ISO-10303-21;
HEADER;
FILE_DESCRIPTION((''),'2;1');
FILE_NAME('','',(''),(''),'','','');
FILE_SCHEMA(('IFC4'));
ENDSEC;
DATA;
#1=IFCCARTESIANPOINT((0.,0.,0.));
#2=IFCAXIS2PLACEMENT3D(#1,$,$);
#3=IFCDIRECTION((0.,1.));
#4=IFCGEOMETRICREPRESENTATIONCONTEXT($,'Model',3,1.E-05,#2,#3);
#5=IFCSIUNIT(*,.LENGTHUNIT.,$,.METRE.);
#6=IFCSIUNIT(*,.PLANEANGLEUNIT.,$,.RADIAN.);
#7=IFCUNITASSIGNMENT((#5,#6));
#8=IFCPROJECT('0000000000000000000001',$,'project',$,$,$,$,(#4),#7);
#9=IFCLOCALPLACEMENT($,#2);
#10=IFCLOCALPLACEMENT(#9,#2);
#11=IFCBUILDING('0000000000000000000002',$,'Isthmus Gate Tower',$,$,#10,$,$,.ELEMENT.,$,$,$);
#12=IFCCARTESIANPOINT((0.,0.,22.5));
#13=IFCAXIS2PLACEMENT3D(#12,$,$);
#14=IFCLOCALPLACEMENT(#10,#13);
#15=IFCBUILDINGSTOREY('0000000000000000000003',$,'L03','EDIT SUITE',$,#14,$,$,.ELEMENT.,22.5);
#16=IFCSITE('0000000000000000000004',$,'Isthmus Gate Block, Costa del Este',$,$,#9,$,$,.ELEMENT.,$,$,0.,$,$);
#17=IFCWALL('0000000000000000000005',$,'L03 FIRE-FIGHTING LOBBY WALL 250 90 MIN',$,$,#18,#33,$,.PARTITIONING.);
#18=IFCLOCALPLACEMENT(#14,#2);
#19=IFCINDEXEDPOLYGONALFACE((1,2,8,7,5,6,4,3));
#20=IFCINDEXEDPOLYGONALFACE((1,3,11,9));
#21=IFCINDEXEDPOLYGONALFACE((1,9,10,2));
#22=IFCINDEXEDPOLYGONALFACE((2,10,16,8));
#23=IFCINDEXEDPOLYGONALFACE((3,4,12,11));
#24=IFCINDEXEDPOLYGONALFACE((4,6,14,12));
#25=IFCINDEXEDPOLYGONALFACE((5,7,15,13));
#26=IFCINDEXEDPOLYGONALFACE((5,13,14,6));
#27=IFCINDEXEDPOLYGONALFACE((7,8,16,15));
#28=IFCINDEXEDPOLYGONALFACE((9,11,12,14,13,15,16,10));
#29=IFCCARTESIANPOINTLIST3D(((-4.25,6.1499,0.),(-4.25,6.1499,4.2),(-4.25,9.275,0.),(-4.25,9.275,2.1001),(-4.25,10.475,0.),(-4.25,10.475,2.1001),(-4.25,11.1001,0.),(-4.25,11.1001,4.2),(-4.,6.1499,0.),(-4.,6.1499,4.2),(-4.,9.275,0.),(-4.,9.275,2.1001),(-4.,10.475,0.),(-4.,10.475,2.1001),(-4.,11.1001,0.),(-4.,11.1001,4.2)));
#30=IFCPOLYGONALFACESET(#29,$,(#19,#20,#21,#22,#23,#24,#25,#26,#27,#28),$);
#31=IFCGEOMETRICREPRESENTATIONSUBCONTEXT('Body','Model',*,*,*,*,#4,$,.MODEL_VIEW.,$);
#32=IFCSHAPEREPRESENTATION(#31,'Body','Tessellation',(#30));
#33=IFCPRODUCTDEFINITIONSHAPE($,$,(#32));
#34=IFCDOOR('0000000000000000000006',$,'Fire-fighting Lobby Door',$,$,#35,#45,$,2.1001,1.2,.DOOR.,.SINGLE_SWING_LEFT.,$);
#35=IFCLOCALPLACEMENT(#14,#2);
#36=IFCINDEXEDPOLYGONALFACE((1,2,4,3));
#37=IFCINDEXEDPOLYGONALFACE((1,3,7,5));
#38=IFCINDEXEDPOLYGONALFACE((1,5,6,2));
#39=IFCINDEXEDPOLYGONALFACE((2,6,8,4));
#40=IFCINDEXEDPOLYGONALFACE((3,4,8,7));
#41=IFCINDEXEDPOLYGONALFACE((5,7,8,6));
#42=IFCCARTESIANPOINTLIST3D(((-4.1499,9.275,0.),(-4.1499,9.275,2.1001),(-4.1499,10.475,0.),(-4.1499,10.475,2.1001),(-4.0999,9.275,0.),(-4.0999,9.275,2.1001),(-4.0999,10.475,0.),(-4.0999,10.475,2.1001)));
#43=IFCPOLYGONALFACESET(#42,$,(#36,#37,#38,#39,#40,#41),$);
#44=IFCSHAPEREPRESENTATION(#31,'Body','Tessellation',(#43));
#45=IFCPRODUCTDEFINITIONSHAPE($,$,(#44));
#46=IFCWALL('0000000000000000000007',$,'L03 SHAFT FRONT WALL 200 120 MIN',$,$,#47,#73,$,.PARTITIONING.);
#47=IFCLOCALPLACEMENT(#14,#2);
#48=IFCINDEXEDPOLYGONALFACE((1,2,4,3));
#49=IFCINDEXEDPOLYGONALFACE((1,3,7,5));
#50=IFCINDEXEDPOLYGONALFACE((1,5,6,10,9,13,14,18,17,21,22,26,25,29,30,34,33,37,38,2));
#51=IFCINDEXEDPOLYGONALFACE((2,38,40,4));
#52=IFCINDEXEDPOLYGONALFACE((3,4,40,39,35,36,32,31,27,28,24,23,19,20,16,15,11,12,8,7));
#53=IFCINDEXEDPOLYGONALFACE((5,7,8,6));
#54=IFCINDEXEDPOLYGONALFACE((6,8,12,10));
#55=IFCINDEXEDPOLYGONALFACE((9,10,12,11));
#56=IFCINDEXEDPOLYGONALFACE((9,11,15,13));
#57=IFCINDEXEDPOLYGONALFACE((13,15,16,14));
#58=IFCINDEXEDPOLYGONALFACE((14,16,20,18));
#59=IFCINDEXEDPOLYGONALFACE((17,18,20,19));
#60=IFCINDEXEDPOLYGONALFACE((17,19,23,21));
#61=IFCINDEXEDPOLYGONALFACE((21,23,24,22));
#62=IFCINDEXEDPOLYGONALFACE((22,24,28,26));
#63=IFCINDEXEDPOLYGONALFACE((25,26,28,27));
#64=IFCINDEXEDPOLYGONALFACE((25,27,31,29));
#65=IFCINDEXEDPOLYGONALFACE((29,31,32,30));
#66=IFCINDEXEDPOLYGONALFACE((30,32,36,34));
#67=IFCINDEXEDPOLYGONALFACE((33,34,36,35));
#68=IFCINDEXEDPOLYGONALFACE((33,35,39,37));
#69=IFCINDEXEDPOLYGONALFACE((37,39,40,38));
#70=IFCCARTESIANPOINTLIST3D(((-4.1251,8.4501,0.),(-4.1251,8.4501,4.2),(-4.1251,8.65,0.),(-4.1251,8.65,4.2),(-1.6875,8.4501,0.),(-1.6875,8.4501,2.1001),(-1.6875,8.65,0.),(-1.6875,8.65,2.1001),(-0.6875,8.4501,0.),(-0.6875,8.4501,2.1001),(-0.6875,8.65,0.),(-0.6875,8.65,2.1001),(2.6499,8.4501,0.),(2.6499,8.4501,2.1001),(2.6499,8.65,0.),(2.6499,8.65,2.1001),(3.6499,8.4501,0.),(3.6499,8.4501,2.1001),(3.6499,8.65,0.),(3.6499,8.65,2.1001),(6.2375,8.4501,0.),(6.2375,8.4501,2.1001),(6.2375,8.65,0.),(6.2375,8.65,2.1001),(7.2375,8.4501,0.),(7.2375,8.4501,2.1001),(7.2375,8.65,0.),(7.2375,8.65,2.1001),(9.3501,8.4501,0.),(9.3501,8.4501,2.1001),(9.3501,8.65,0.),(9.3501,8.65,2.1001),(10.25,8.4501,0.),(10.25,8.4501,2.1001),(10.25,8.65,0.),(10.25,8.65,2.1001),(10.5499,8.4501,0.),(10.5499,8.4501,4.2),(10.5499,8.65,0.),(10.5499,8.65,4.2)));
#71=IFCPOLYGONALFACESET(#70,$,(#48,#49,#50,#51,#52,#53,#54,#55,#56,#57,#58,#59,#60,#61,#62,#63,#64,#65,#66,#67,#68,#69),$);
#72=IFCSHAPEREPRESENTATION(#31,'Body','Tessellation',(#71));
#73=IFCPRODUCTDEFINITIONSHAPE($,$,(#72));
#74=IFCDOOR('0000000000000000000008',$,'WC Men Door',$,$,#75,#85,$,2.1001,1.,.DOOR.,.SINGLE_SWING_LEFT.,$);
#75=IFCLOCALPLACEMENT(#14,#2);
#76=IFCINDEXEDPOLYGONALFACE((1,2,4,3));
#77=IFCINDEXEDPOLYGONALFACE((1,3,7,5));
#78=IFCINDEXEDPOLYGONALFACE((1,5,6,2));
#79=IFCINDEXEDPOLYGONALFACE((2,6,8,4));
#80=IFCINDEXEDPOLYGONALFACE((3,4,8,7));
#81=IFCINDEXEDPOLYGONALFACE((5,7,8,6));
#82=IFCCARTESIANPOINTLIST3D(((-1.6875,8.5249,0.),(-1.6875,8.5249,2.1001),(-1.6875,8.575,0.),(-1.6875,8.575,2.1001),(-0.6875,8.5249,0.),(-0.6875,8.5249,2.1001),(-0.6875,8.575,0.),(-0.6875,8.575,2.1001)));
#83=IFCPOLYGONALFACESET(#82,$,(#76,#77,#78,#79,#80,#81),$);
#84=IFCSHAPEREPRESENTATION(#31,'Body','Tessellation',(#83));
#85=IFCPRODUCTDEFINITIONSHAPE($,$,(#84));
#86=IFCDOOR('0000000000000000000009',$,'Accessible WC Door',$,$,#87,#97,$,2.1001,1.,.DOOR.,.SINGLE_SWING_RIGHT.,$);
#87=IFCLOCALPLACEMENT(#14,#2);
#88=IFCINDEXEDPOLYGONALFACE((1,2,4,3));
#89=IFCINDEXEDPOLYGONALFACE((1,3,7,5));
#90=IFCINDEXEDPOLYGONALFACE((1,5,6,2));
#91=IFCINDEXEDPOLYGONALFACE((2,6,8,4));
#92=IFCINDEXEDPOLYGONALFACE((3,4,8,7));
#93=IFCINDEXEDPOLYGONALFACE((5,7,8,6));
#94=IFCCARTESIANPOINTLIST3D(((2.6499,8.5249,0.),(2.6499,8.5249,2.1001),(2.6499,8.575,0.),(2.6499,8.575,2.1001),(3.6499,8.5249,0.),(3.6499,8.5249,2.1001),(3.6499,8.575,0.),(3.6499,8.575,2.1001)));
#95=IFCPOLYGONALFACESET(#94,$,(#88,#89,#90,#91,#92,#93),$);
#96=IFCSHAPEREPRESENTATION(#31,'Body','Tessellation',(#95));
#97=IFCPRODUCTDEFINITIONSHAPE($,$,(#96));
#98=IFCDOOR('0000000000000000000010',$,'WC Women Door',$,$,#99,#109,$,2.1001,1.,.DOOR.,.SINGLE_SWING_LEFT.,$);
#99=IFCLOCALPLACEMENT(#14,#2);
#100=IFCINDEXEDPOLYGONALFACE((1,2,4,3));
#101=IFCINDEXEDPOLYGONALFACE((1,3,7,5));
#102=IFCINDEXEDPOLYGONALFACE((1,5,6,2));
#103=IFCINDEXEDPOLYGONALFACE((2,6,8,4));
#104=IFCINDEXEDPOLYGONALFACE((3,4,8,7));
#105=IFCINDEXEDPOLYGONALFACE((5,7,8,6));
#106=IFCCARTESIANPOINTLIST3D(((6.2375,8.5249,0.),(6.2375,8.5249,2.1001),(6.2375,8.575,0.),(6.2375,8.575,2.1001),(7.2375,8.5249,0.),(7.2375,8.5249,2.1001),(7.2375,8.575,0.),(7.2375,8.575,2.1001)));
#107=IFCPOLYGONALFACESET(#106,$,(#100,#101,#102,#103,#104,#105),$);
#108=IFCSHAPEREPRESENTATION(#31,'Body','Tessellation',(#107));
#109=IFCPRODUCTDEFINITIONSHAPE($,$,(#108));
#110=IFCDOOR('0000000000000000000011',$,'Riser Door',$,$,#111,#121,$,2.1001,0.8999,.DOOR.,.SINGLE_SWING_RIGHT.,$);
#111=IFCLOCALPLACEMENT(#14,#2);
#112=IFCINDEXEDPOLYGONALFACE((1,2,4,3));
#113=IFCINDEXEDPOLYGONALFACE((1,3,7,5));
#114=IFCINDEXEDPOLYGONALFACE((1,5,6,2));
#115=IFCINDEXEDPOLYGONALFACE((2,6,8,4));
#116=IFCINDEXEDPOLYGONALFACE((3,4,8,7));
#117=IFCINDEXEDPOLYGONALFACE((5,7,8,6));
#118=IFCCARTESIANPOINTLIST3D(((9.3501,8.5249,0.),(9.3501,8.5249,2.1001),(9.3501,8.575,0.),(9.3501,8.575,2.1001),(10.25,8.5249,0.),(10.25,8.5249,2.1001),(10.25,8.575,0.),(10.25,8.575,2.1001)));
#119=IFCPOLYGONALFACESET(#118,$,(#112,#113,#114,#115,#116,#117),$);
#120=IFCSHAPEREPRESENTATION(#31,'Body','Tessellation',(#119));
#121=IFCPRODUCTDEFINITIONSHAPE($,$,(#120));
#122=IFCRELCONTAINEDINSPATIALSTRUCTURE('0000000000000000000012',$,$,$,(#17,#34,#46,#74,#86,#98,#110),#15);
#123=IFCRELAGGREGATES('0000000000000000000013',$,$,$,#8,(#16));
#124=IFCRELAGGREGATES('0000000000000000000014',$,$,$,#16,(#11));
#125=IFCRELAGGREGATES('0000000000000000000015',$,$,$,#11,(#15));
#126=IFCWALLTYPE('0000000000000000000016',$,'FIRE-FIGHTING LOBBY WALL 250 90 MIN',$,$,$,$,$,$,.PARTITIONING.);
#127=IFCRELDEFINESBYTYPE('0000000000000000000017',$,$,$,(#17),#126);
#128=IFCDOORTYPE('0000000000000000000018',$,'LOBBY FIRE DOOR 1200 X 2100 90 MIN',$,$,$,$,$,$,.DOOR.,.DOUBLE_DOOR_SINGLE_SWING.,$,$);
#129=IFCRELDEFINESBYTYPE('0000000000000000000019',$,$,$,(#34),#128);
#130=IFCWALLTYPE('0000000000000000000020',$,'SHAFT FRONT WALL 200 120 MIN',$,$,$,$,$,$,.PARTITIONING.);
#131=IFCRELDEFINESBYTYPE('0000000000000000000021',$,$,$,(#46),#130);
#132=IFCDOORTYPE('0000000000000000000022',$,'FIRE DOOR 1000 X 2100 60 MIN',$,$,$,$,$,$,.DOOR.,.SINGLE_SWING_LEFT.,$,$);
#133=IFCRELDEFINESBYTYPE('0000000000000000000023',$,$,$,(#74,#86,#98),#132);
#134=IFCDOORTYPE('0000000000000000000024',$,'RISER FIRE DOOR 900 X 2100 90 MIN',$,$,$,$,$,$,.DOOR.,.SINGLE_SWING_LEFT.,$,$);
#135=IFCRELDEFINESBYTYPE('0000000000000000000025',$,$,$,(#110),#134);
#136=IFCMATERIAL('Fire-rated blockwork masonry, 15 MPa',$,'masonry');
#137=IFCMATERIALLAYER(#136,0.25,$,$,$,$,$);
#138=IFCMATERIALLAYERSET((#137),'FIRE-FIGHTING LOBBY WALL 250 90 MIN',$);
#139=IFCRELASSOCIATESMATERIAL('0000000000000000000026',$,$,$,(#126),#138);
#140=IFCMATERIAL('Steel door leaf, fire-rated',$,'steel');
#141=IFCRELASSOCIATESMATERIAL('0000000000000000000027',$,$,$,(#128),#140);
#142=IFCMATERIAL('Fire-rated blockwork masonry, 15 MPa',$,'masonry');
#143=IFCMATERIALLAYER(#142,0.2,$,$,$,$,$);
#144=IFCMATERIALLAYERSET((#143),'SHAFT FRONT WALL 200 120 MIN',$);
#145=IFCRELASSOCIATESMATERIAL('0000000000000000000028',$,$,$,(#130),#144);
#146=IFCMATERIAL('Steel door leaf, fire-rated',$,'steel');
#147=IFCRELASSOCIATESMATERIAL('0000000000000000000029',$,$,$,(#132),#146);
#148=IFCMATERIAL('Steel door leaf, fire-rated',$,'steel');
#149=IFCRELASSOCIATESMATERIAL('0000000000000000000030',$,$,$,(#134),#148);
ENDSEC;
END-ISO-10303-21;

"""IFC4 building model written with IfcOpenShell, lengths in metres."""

from ifc_helpers import new_model, si_unit, direction, frame, frame_2d, origin, place, context, subcontext, project, spatial, rectangle, extrude, material, layer, layer_set, type_object, element, fill, save


model = new_model("IFC4")

# Units and contexts
model_context = context("Model", 3, precision=1e-05, world=origin(), true_north=direction((0.0, 1.0)))
body_context = subcontext(model_context, "Body", "Model", "MODEL_VIEW")
ifc_project = project(units=[si_unit("LENGTHUNIT", "METRE"), si_unit("PLANEANGLEUNIT", "RADIAN")], contexts=[model_context])

# Site, building, storey
site_placement = place(None, origin())
site = spatial("IfcSite", under=ifc_project, at=site_placement, Name="Isthmus Gate Block, Costa del Este", CompositionType="ELEMENT", RefElevation=0.0)
building_placement = place(site_placement, origin())
building = spatial("IfcBuilding", under=site, at=building_placement, Name="Isthmus Gate Tower", CompositionType="ELEMENT")
storey_placement = place(building_placement, frame((0.0, 0.0, 22.5)))
storey = spatial("IfcBuildingStorey", under=building, at=storey_placement, Name="L03", Description="EDIT SUITE", CompositionType="ELEMENT", Elevation=22.5)

# Wall, opening, door
ifc_material_1 = material(Name="Fire-rated blockwork masonry, 15 MPa", Category="masonry")
ifc_layer_1 = layer(ifc_material_1, 0.25)
ifc_layer_set_1 = layer_set([ifc_layer_1], Name="FIRE-FIGHTING LOBBY WALL 250 90 MIN")
wall_type_1 = type_object("IfcWallType", Name="FIRE-FIGHTING LOBBY WALL 250 90 MIN", PredefinedType="PARTITIONING", material=ifc_layer_set_1)
wall_1_placement = place(storey_placement, frame((-4.125, 6.1499, 0.0), z_axis=(0.0, 0.0, 1.0), x_axis=(0.0, 1.0, 0.0)))
wall_1 = element("IfcWall", 1, at=wall_1_placement, inside=storey, type_object=wall_type_1, Name="L03 FIRE-FIGHTING LOBBY WALL 250 90 MIN", PredefinedType="PARTITIONING", context=body_context, shape_type="SweptSolid", body=[
    extrude(rectangle(XDim=4.9502, YDim=0.25, at=frame_2d((2.4751, 0.0))), origin(), (0.0, 0.0, 1.0), 4.2),
])
opening_1_placement = place(wall_1_placement, frame((3.125, 0.0, 0.0)))
opening_1 = element("IfcOpeningElement", 2, at=opening_1_placement, cuts=wall_1, PredefinedType="OPENING", context=body_context, shape_type="SweptSolid", body=[
    extrude(rectangle(XDim=1.2, YDim=2.1001, at=frame_2d((0.6001, 1.05))), frame((0.0, 0.135, 0.0), z_axis=(0.0, -1.0, 0.0), x_axis=(1.0, 0.0, 0.0)), (0.0, 0.0, 1.0), 0.27),
])
ifc_material_2 = material(Name="Steel door leaf, fire-rated", Category="steel")
door_type_1 = type_object("IfcDoorType", Name="LOBBY FIRE DOOR 1200 X 2100 90 MIN", OperationType="DOUBLE_DOOR_SINGLE_SWING", PredefinedType="DOOR", material=ifc_material_2)
door_1_placement = place(opening_1_placement, origin())
door_1 = element("IfcDoor", 3, at=door_1_placement, inside=storey, type_object=door_type_1, Name="Fire-fighting Lobby Door", OperationType="SINGLE_SWING_LEFT", OverallHeight=2.1001, OverallWidth=1.2, PredefinedType="DOOR", context=body_context, shape_type="SweptSolid", body=[
    extrude(rectangle(XDim=1.2, YDim=2.1001, at=frame_2d((0.6001, 1.05))), frame((0.0, 0.0249, 0.0), z_axis=(0.0, -1.0, 0.0), x_axis=(1.0, 0.0, 0.0)), (0.0, 0.0, 1.0), 0.05),
])
fill(opening_1, door_1)

# Wall, openings, doors
ifc_material_3 = material(Name="Fire-rated blockwork masonry, 15 MPa", Category="masonry")
ifc_layer_2 = layer(ifc_material_3, 0.2)
ifc_layer_set_2 = layer_set([ifc_layer_2], Name="SHAFT FRONT WALL 200 120 MIN")
wall_type_2 = type_object("IfcWallType", Name="SHAFT FRONT WALL 200 120 MIN", PredefinedType="PARTITIONING", material=ifc_layer_set_2)
wall_2_placement = place(storey_placement, frame((-4.125, 8.55, 0.0), z_axis=(0.0, 0.0, 1.0), x_axis=(1.0, 0.0, 0.0)))
wall_2 = element("IfcWall", 4, at=wall_2_placement, inside=storey, type_object=wall_type_2, Name="L03 SHAFT FRONT WALL 200 120 MIN", PredefinedType="PARTITIONING", context=body_context, shape_type="SweptSolid", body=[
    extrude(rectangle(XDim=14.675, YDim=0.2, at=frame_2d((7.3374, 0.0))), origin(), (0.0, 0.0, 1.0), 4.2),
])
opening_2_placement = place(wall_2_placement, frame((2.4375, 0.0, 0.0)))
opening_2 = element("IfcOpeningElement", 5, at=opening_2_placement, cuts=wall_2, PredefinedType="OPENING", context=body_context, shape_type="SweptSolid", body=[
    extrude(rectangle(XDim=1.0, YDim=2.1001, at=frame_2d((0.5, 1.05))), frame((0.0, 0.1099, 0.0), z_axis=(0.0, -1.0, 0.0), x_axis=(1.0, 0.0, 0.0)), (0.0, 0.0, 1.0), 0.22),
])
opening_3_placement = place(wall_2_placement, frame((6.7749, 0.0, 0.0)))
opening_3 = element("IfcOpeningElement", 6, at=opening_3_placement, cuts=wall_2, PredefinedType="OPENING", context=body_context, shape_type="SweptSolid", body=[
    extrude(rectangle(XDim=1.0, YDim=2.1001, at=frame_2d((0.5, 1.05))), frame((0.0, 0.1099, 0.0), z_axis=(0.0, -1.0, 0.0), x_axis=(1.0, 0.0, 0.0)), (0.0, 0.0, 1.0), 0.22),
])
opening_4_placement = place(wall_2_placement, frame((10.3625, 0.0, 0.0)))
opening_4 = element("IfcOpeningElement", 7, at=opening_4_placement, cuts=wall_2, PredefinedType="OPENING", context=body_context, shape_type="SweptSolid", body=[
    extrude(rectangle(XDim=1.0, YDim=2.1001, at=frame_2d((0.5, 1.05))), frame((0.0, 0.1099, 0.0), z_axis=(0.0, -1.0, 0.0), x_axis=(1.0, 0.0, 0.0)), (0.0, 0.0, 1.0), 0.22),
])
opening_5_placement = place(wall_2_placement, frame((13.4751, 0.0, 0.0)))
opening_5 = element("IfcOpeningElement", 8, at=opening_5_placement, cuts=wall_2, PredefinedType="OPENING", context=body_context, shape_type="SweptSolid", body=[
    extrude(rectangle(XDim=0.8999, YDim=2.1001, at=frame_2d((0.45, 1.05))), frame((0.0, 0.1099, 0.0), z_axis=(0.0, -1.0, 0.0), x_axis=(1.0, 0.0, 0.0)), (0.0, 0.0, 1.0), 0.22),
])
ifc_material_4 = material(Name="Steel door leaf, fire-rated", Category="steel")
door_type_2 = type_object("IfcDoorType", Name="FIRE DOOR 1000 X 2100 60 MIN", OperationType="SINGLE_SWING_LEFT", PredefinedType="DOOR", material=ifc_material_4)
door_2_placement = place(opening_2_placement, origin())
door_2 = element("IfcDoor", 9, at=door_2_placement, inside=storey, type_object=door_type_2, Name="WC Men Door", OperationType="SINGLE_SWING_LEFT", OverallHeight=2.1001, OverallWidth=1.0, PredefinedType="DOOR", context=body_context, shape_type="SweptSolid", body=[
    extrude(rectangle(XDim=1.0, YDim=2.1001, at=frame_2d((0.5, 1.05))), frame((0.0, 0.0249, 0.0), z_axis=(0.0, -1.0, 0.0), x_axis=(1.0, 0.0, 0.0)), (0.0, 0.0, 1.0), 0.05),
])
fill(opening_2, door_2)
door_3_placement = place(opening_3_placement, origin())
door_3 = element("IfcDoor", 10, at=door_3_placement, inside=storey, type_object=door_type_2, Name="Accessible WC Door", OperationType="SINGLE_SWING_RIGHT", OverallHeight=2.1001, OverallWidth=1.0, PredefinedType="DOOR", context=body_context, shape_type="SweptSolid", body=[
    extrude(rectangle(XDim=1.0, YDim=2.1001, at=frame_2d((0.5, 1.05))), frame((0.0, 0.0249, 0.0), z_axis=(0.0, -1.0, 0.0), x_axis=(1.0, 0.0, 0.0)), (0.0, 0.0, 1.0), 0.05),
])
fill(opening_3, door_3)
door_4_placement = place(opening_4_placement, origin())
door_4 = element("IfcDoor", 11, at=door_4_placement, inside=storey, type_object=door_type_2, Name="WC Women Door", OperationType="SINGLE_SWING_LEFT", OverallHeight=2.1001, OverallWidth=1.0, PredefinedType="DOOR", context=body_context, shape_type="SweptSolid", body=[
    extrude(rectangle(XDim=1.0, YDim=2.1001, at=frame_2d((0.5, 1.05))), frame((0.0, 0.0249, 0.0), z_axis=(0.0, -1.0, 0.0), x_axis=(1.0, 0.0, 0.0)), (0.0, 0.0, 1.0), 0.05),
])
fill(opening_4, door_4)
ifc_material_5 = material(Name="Steel door leaf, fire-rated", Category="steel")
door_type_3 = type_object("IfcDoorType", Name="RISER FIRE DOOR 900 X 2100 90 MIN", OperationType="SINGLE_SWING_LEFT", PredefinedType="DOOR", material=ifc_material_5)
door_5_placement = place(opening_5_placement, origin())
door_5 = element("IfcDoor", 12, at=door_5_placement, inside=storey, type_object=door_type_3, Name="Riser Door", OperationType="SINGLE_SWING_RIGHT", OverallHeight=2.1001, OverallWidth=0.8999, PredefinedType="DOOR", context=body_context, shape_type="SweptSolid", body=[
    extrude(rectangle(XDim=0.8999, YDim=2.1001, at=frame_2d((0.45, 1.05))), frame((0.0, 0.0249, 0.0), z_axis=(0.0, -1.0, 0.0), x_axis=(1.0, 0.0, 0.0)), (0.0, 0.0, 1.0), 0.05),
])
fill(opening_5, door_5)

save(model, "model.ifc")
